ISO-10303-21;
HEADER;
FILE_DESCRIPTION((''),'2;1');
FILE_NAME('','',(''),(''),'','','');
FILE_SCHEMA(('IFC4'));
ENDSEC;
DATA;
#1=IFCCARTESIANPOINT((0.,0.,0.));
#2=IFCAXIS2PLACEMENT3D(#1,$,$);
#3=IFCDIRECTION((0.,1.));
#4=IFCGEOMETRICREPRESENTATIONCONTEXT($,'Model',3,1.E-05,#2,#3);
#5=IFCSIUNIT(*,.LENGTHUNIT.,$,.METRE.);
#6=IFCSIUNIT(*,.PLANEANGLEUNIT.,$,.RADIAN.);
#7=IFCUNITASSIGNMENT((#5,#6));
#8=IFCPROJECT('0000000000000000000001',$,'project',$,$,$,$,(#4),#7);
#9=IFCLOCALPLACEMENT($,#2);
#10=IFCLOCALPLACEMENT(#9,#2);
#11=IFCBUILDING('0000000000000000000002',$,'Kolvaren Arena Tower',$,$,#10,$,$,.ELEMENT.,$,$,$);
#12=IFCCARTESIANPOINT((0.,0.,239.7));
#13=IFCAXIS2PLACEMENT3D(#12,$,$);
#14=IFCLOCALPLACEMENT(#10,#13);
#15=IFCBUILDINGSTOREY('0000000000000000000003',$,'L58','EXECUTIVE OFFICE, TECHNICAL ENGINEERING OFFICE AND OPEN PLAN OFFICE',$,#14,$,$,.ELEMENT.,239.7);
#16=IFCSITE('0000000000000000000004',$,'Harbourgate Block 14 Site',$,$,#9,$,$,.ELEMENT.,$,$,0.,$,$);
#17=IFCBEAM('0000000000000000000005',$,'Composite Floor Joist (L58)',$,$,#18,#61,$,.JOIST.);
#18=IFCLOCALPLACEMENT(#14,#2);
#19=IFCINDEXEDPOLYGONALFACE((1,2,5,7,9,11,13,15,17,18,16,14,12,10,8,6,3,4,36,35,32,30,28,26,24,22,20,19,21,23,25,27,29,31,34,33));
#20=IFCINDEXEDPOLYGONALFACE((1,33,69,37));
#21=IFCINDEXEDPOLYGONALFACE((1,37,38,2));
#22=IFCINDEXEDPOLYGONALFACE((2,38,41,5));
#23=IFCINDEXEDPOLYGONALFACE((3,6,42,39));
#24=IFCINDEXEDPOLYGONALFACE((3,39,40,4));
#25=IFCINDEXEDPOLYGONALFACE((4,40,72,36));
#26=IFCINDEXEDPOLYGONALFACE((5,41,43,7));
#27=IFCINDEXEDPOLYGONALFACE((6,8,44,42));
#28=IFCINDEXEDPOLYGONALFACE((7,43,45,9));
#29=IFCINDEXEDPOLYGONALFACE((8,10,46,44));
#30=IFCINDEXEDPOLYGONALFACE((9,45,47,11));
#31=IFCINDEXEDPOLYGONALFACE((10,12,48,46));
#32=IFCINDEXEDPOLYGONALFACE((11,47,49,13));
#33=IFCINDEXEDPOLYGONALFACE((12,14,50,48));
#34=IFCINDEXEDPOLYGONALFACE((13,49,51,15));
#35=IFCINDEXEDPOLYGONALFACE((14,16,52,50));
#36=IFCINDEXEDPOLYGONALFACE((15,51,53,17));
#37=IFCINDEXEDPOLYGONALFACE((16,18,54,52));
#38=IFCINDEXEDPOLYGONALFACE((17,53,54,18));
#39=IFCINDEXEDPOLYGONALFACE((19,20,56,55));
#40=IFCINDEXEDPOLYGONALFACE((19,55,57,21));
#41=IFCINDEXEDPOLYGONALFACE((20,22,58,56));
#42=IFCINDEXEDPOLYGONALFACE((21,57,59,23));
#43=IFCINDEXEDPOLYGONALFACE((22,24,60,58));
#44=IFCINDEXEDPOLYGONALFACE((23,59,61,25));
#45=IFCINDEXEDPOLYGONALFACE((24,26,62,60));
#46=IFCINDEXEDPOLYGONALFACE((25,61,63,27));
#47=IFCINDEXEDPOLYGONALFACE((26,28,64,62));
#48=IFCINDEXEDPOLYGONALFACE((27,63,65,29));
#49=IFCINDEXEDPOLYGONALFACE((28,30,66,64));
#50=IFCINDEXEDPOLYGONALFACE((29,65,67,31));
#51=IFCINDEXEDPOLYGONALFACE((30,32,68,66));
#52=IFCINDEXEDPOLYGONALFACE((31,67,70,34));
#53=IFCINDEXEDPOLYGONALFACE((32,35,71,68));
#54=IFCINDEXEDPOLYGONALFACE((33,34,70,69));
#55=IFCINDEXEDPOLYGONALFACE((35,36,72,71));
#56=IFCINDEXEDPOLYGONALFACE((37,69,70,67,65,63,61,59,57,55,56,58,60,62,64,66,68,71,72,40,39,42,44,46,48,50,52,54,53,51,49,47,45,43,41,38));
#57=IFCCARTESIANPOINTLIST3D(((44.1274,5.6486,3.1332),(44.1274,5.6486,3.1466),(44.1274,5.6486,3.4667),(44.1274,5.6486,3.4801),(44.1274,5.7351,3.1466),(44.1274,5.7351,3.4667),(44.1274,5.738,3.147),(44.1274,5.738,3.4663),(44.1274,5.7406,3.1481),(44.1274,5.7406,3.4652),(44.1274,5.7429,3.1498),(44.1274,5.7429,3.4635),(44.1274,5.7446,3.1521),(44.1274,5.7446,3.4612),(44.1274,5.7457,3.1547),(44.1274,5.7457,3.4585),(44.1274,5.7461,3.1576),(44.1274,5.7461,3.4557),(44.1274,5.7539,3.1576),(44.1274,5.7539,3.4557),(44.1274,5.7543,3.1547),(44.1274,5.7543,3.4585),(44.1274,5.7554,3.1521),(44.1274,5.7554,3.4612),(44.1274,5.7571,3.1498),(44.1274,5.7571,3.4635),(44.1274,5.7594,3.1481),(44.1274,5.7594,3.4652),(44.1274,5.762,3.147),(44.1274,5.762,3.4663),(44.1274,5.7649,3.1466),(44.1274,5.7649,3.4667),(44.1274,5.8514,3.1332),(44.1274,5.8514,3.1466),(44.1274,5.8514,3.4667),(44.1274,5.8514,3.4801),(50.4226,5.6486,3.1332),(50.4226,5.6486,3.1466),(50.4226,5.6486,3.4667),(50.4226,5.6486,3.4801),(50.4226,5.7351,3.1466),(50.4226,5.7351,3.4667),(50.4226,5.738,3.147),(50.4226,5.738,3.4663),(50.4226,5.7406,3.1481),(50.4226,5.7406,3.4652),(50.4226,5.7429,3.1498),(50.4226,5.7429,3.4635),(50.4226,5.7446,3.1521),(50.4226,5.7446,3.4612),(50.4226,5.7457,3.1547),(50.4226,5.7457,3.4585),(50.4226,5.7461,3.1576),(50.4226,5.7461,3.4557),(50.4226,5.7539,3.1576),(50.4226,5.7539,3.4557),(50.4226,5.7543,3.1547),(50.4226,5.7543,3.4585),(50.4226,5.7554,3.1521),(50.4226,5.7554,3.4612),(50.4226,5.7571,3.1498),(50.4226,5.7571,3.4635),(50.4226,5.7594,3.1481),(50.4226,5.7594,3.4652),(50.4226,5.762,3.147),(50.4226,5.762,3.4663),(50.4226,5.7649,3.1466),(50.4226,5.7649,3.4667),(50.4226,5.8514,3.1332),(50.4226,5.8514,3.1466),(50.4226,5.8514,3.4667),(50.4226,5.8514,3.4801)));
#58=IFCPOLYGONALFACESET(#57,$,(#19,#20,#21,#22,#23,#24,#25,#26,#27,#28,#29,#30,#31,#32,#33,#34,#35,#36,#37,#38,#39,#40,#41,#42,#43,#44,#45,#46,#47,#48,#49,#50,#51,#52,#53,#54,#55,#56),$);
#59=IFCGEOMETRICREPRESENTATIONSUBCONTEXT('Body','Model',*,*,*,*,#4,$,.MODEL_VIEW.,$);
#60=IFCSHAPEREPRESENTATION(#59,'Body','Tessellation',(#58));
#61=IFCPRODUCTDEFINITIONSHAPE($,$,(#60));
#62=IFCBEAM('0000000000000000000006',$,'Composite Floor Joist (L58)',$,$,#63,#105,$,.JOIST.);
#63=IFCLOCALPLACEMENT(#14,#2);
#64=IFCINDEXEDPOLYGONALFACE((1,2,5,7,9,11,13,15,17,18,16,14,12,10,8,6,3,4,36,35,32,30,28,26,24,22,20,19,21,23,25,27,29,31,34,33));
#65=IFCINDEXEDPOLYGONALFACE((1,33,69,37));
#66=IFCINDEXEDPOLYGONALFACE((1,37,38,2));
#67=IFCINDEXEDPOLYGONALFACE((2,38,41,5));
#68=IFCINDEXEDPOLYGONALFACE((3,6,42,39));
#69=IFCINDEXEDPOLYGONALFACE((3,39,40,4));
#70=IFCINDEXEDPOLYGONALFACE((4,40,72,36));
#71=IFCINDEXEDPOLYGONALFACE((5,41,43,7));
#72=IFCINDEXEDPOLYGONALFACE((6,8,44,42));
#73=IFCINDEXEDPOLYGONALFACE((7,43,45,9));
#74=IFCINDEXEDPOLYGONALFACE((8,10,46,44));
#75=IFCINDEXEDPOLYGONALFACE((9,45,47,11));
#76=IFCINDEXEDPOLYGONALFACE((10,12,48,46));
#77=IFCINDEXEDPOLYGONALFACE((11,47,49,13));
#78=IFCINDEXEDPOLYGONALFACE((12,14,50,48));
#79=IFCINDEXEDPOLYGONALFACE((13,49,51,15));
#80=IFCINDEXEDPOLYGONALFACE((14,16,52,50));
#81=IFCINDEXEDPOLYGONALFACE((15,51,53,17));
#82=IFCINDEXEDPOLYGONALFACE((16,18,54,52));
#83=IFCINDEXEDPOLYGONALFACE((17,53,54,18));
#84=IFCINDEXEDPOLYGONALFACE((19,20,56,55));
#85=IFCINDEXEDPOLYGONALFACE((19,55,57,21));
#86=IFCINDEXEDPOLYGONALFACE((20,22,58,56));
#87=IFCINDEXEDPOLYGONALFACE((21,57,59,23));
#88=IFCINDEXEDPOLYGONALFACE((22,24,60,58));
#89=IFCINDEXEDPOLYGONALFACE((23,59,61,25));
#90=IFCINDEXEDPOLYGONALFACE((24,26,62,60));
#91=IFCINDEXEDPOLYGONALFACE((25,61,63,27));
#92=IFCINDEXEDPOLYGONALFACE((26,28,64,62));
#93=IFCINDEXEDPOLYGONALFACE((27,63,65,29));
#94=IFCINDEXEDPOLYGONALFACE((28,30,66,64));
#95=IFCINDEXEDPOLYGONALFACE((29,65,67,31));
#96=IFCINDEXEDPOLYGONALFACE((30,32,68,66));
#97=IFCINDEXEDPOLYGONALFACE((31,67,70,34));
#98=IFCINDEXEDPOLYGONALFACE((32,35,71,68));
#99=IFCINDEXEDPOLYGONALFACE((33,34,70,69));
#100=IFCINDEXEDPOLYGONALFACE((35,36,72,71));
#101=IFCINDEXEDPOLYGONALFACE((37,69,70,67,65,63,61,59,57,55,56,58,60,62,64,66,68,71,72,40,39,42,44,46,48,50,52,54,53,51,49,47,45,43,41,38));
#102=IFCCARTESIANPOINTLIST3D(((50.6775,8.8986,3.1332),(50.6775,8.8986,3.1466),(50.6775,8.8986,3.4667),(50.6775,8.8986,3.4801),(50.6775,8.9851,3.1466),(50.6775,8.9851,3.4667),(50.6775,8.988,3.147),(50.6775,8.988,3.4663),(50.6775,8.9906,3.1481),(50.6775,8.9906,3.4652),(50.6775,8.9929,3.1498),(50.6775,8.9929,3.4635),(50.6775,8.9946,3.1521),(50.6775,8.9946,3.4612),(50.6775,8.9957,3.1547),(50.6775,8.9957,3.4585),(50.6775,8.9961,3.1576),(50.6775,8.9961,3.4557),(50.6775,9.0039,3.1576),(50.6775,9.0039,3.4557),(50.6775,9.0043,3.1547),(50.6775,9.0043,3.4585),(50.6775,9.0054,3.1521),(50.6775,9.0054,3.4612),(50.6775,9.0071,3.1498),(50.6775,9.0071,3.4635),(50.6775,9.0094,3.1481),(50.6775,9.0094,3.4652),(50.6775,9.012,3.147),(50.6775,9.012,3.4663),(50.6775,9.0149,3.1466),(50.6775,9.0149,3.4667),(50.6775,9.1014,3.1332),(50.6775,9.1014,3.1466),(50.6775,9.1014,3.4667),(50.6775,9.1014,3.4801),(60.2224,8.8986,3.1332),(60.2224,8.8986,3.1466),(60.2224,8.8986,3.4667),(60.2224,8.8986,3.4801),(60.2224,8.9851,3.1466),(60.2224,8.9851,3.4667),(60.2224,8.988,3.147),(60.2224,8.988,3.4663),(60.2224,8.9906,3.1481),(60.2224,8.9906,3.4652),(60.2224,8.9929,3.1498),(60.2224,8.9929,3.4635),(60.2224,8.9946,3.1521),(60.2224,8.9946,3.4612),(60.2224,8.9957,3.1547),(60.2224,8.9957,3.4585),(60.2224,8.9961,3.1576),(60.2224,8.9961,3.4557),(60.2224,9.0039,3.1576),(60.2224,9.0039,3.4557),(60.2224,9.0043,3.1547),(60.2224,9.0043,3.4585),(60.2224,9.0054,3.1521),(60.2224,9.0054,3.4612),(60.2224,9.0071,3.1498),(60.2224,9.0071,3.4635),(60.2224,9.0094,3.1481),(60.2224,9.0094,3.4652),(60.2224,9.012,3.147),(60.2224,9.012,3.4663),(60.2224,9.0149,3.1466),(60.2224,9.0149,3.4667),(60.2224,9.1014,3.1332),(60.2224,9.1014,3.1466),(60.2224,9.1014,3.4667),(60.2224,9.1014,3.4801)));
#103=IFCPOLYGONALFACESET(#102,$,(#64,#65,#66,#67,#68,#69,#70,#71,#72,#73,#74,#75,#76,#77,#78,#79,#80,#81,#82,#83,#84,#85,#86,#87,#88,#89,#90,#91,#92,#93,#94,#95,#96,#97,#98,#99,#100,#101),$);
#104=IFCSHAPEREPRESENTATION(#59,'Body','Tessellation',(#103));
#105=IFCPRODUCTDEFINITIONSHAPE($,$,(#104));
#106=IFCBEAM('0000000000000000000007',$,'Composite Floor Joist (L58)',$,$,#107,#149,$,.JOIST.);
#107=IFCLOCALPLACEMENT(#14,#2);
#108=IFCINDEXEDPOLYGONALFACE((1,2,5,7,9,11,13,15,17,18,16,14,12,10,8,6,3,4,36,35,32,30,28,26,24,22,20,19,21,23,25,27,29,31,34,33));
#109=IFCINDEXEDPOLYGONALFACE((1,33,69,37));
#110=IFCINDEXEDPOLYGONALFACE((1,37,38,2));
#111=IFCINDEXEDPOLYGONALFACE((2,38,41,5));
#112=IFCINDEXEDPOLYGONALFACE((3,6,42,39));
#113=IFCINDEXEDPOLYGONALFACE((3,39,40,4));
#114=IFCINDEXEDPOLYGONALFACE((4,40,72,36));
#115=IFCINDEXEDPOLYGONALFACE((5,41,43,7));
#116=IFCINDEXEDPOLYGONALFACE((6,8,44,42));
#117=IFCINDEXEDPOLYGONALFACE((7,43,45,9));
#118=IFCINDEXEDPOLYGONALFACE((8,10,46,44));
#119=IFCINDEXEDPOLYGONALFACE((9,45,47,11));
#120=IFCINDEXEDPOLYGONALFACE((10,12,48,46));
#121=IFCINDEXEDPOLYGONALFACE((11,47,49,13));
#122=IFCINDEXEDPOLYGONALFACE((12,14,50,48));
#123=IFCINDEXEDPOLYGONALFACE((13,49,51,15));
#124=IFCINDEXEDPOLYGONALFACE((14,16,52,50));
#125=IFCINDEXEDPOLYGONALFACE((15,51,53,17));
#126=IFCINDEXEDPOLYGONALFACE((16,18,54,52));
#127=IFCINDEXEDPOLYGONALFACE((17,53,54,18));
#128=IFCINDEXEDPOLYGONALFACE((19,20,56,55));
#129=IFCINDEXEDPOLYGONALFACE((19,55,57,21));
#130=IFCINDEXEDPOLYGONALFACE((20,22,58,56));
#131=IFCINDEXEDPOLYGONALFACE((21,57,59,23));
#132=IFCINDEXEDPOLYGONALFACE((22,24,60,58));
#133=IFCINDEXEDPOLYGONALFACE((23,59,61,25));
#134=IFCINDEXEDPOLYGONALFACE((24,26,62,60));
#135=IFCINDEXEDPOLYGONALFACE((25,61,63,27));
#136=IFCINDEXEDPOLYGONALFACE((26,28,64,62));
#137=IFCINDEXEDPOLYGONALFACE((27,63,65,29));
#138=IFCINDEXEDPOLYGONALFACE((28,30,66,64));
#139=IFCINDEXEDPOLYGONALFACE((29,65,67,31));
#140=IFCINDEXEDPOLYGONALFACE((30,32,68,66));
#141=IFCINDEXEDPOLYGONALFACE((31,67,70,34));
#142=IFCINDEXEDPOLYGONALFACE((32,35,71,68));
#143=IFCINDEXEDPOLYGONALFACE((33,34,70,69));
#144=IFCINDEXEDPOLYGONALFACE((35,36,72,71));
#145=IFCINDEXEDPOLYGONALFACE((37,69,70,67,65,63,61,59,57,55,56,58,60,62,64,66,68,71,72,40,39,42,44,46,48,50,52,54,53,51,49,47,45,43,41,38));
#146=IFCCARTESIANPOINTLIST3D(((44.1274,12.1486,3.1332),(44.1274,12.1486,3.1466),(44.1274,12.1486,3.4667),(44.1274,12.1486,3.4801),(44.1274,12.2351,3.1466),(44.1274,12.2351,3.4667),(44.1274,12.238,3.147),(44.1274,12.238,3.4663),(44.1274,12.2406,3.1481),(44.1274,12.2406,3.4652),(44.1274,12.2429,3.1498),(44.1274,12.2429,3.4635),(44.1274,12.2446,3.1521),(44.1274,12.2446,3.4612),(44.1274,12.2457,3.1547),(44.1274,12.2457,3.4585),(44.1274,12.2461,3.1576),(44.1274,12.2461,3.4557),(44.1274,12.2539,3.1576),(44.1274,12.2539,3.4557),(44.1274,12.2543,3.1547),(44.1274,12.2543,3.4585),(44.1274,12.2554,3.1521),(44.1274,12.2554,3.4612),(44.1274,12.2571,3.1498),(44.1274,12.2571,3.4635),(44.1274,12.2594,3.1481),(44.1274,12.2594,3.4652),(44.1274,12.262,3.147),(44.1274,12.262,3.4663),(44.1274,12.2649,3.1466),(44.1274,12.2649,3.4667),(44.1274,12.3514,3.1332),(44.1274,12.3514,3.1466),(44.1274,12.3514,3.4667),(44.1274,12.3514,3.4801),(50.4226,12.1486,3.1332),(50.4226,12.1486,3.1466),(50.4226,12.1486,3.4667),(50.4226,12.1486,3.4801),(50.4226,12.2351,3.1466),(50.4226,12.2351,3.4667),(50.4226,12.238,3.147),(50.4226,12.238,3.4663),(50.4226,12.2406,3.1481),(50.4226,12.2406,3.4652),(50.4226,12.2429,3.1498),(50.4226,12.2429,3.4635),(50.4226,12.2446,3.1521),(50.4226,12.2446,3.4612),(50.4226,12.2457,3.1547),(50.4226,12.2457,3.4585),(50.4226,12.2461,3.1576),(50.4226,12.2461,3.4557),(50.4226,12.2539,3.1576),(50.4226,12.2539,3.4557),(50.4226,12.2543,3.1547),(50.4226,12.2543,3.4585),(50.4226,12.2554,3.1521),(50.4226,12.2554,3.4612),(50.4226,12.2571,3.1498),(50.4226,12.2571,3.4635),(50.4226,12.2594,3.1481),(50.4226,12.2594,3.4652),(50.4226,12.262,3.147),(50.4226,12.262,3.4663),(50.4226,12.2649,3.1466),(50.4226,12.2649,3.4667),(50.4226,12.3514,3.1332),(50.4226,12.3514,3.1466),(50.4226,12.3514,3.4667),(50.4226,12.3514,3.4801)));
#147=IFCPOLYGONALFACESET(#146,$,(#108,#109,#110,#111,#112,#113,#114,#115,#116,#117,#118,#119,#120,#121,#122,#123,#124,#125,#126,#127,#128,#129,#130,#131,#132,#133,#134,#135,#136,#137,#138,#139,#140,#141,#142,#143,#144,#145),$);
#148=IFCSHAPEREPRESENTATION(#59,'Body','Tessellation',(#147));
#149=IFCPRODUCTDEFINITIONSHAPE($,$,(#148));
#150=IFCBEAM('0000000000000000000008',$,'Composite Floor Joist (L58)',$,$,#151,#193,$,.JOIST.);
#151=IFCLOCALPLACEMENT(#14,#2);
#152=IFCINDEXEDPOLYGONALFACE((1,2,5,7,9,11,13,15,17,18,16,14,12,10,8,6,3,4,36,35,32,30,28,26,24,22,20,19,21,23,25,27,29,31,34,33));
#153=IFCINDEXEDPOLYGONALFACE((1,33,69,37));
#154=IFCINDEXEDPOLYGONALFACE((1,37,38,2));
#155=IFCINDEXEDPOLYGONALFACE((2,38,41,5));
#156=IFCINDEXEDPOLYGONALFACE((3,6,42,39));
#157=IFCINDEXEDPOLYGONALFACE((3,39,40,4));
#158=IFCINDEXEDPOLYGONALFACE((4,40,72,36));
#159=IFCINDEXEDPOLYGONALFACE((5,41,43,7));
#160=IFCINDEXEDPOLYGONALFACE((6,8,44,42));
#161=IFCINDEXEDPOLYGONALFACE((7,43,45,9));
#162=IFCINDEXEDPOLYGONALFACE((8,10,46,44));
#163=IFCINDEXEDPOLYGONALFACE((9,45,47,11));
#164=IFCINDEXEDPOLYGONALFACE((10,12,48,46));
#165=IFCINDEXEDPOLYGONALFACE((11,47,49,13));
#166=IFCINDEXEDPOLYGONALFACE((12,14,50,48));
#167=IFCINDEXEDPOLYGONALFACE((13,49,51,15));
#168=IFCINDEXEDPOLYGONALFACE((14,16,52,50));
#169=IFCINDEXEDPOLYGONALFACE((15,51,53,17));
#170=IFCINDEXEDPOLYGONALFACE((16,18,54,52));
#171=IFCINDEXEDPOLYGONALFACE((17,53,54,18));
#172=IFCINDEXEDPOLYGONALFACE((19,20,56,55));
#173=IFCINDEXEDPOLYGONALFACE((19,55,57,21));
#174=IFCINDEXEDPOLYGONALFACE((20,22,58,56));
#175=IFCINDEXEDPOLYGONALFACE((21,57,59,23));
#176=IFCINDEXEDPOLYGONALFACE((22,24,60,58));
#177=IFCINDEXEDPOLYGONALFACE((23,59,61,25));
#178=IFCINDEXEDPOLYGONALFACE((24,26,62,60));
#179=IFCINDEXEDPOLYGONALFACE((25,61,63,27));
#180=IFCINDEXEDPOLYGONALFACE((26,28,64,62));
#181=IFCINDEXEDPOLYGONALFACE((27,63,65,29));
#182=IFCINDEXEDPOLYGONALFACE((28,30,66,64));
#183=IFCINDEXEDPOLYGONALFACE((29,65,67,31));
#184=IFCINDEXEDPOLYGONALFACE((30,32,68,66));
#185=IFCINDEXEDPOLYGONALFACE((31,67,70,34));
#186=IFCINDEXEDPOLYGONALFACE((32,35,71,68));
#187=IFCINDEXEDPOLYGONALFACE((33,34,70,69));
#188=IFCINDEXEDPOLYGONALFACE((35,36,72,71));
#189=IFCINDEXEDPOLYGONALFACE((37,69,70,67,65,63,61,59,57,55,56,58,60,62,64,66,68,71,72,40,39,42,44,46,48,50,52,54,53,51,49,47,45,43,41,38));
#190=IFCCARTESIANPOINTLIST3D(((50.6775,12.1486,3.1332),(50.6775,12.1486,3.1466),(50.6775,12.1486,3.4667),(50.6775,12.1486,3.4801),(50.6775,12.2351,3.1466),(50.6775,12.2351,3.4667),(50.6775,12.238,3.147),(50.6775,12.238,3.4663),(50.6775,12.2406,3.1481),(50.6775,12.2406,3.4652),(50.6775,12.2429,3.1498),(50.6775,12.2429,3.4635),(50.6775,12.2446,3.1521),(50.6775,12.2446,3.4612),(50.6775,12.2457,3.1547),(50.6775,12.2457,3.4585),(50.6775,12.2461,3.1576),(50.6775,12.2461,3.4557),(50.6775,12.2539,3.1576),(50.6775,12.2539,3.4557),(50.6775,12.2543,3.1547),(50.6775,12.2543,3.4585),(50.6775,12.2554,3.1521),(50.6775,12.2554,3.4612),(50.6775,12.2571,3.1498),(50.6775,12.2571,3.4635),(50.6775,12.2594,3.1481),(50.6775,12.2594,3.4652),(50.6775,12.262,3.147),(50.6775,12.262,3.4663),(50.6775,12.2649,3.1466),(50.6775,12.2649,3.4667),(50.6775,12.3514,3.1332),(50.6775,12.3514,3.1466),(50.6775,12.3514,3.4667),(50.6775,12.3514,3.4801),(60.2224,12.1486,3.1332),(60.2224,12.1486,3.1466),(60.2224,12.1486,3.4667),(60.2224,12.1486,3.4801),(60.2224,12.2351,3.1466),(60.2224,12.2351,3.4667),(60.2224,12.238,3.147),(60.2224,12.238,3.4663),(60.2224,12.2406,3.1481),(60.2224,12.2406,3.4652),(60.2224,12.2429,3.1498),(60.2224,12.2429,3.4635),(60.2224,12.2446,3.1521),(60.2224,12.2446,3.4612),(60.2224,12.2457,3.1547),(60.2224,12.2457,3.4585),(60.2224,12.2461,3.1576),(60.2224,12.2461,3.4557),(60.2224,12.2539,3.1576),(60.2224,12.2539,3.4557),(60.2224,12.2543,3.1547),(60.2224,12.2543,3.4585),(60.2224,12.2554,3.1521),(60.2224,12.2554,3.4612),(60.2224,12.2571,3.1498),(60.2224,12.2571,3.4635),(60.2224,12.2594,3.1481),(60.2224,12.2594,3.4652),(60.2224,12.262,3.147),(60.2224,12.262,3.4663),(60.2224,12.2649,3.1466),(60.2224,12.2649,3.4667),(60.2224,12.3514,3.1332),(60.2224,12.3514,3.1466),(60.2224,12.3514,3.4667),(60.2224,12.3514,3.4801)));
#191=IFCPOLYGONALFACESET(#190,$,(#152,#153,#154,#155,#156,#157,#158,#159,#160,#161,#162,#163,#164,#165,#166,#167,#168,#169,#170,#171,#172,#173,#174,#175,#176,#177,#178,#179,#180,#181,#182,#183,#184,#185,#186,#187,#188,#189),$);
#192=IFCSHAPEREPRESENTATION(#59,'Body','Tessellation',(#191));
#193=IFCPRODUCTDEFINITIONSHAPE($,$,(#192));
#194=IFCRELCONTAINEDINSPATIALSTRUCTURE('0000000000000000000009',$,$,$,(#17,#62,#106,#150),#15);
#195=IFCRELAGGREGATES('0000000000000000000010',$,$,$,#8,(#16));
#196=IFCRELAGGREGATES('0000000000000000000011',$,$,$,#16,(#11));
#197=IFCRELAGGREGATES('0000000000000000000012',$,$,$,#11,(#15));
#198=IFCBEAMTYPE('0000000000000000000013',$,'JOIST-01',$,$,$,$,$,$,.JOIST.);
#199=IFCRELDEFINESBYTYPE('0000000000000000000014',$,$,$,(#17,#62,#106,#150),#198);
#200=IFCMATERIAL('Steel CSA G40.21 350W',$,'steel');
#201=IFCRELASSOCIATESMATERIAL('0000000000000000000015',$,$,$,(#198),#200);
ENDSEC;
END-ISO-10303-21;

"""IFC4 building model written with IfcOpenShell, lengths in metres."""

from ifc_helpers import new_model, si_unit, direction, frame, origin, origin_2d, place, context, subcontext, project, spatial, i_section, extrude, material, material_profile, profile_set, type_object, element, save


model = new_model("IFC4")

# Units and contexts
model_context = context("Model", 3, precision=1e-05, world=origin(), true_north=direction((0.0, 1.0)))
body_context = subcontext(model_context, "Body", "Model", "MODEL_VIEW")
ifc_project = project(units=[si_unit("LENGTHUNIT", "METRE"), si_unit("PLANEANGLEUNIT", "RADIAN")], contexts=[model_context])

# Site, building, storey
site_placement = place(None, origin())
site = spatial("IfcSite", under=ifc_project, at=site_placement, Name="Harbourgate Block 14 Site", CompositionType="ELEMENT", RefElevation=0.0)
building_placement = place(site_placement, origin())
building = spatial("IfcBuilding", under=site, at=building_placement, Name="Kolvaren Arena Tower", CompositionType="ELEMENT")
storey_placement = place(building_placement, frame((0.0, 0.0, 239.7)))
storey = spatial("IfcBuildingStorey", under=building, at=storey_placement, Name="L58", Description="EXECUTIVE OFFICE, TECHNICAL ENGINEERING OFFICE AND OPEN PLAN OFFICE", CompositionType="ELEMENT", Elevation=239.7)

# Beams
ifc_material_1 = material(Name="Steel CSA G40.21 350W", Category="steel")
ifc_material_profile_1 = material_profile(ifc_material_1, i_section(OverallWidth=0.2029, OverallDepth=0.3469, WebThickness=0.0078, FlangeThickness=0.0134, FilletRadius=0.011, at=origin_2d()), Name="W360x64")
ifc_profile_set_1 = profile_set([ifc_material_profile_1], Name="Steel CSA G40.21 350W")
beam_type_1 = type_object("IfcBeamType", Name="JOIST-01", PredefinedType="JOIST", material=ifc_profile_set_1)
for number, where, z_axis, x_axis, name in (
    (1, (44.1274, 5.75, 3.3066), (1.0, 0.0, 0.0), (0.0, 1.0, 0.0), "Composite Floor Joist (L58)"),
):
    element("IfcBeam", number, at=place(storey_placement, frame(where, z_axis=z_axis, x_axis=x_axis)), inside=storey, type_object=beam_type_1, Name=name, PredefinedType="JOIST", context=body_context, shape_type="SweptSolid", body=[
        extrude(i_section(OverallWidth=0.2029, OverallDepth=0.3469, WebThickness=0.0078, FlangeThickness=0.0134, FilletRadius=0.011, at=origin_2d()), origin(), (0.0, 0.0, 1.0), 6.2952),
    ])
beam_1_placement = place(storey_placement, frame((50.6775, 9.0, 3.3066), z_axis=(1.0, 0.0, 0.0), x_axis=(0.0, 1.0, 0.0)))
element("IfcBeam", 2, at=beam_1_placement, inside=storey, type_object=beam_type_1, Name="Composite Floor Joist (L58)", PredefinedType="JOIST", context=body_context, shape_type="SweptSolid", body=[
    extrude(i_section(OverallWidth=0.2029, OverallDepth=0.3469, WebThickness=0.0078, FlangeThickness=0.0134, FilletRadius=0.011, at=origin_2d()), origin(), (0.0, 0.0, 1.0), 9.5449),
])
beam_2_placement = place(storey_placement, frame((44.1274, 12.25, 3.3066), z_axis=(1.0, 0.0, 0.0), x_axis=(0.0, 1.0, 0.0)))
element("IfcBeam", 3, at=beam_2_placement, inside=storey, type_object=beam_type_1, Name="Composite Floor Joist (L58)", PredefinedType="JOIST", context=body_context, shape_type="SweptSolid", body=[
    extrude(i_section(OverallWidth=0.2029, OverallDepth=0.3469, WebThickness=0.0078, FlangeThickness=0.0134, FilletRadius=0.011, at=origin_2d()), origin(), (0.0, 0.0, 1.0), 6.2952),
])
beam_3_placement = place(storey_placement, frame((50.6775, 12.25, 3.3066), z_axis=(1.0, 0.0, 0.0), x_axis=(0.0, 1.0, 0.0)))
element("IfcBeam", 4, at=beam_3_placement, inside=storey, type_object=beam_type_1, Name="Composite Floor Joist (L58)", PredefinedType="JOIST", context=body_context, shape_type="SweptSolid", body=[
    extrude(i_section(OverallWidth=0.2029, OverallDepth=0.3469, WebThickness=0.0078, FlangeThickness=0.0134, FilletRadius=0.011, at=origin_2d()), origin(), (0.0, 0.0, 1.0), 9.5449),
])

save(model, "model.ifc")
